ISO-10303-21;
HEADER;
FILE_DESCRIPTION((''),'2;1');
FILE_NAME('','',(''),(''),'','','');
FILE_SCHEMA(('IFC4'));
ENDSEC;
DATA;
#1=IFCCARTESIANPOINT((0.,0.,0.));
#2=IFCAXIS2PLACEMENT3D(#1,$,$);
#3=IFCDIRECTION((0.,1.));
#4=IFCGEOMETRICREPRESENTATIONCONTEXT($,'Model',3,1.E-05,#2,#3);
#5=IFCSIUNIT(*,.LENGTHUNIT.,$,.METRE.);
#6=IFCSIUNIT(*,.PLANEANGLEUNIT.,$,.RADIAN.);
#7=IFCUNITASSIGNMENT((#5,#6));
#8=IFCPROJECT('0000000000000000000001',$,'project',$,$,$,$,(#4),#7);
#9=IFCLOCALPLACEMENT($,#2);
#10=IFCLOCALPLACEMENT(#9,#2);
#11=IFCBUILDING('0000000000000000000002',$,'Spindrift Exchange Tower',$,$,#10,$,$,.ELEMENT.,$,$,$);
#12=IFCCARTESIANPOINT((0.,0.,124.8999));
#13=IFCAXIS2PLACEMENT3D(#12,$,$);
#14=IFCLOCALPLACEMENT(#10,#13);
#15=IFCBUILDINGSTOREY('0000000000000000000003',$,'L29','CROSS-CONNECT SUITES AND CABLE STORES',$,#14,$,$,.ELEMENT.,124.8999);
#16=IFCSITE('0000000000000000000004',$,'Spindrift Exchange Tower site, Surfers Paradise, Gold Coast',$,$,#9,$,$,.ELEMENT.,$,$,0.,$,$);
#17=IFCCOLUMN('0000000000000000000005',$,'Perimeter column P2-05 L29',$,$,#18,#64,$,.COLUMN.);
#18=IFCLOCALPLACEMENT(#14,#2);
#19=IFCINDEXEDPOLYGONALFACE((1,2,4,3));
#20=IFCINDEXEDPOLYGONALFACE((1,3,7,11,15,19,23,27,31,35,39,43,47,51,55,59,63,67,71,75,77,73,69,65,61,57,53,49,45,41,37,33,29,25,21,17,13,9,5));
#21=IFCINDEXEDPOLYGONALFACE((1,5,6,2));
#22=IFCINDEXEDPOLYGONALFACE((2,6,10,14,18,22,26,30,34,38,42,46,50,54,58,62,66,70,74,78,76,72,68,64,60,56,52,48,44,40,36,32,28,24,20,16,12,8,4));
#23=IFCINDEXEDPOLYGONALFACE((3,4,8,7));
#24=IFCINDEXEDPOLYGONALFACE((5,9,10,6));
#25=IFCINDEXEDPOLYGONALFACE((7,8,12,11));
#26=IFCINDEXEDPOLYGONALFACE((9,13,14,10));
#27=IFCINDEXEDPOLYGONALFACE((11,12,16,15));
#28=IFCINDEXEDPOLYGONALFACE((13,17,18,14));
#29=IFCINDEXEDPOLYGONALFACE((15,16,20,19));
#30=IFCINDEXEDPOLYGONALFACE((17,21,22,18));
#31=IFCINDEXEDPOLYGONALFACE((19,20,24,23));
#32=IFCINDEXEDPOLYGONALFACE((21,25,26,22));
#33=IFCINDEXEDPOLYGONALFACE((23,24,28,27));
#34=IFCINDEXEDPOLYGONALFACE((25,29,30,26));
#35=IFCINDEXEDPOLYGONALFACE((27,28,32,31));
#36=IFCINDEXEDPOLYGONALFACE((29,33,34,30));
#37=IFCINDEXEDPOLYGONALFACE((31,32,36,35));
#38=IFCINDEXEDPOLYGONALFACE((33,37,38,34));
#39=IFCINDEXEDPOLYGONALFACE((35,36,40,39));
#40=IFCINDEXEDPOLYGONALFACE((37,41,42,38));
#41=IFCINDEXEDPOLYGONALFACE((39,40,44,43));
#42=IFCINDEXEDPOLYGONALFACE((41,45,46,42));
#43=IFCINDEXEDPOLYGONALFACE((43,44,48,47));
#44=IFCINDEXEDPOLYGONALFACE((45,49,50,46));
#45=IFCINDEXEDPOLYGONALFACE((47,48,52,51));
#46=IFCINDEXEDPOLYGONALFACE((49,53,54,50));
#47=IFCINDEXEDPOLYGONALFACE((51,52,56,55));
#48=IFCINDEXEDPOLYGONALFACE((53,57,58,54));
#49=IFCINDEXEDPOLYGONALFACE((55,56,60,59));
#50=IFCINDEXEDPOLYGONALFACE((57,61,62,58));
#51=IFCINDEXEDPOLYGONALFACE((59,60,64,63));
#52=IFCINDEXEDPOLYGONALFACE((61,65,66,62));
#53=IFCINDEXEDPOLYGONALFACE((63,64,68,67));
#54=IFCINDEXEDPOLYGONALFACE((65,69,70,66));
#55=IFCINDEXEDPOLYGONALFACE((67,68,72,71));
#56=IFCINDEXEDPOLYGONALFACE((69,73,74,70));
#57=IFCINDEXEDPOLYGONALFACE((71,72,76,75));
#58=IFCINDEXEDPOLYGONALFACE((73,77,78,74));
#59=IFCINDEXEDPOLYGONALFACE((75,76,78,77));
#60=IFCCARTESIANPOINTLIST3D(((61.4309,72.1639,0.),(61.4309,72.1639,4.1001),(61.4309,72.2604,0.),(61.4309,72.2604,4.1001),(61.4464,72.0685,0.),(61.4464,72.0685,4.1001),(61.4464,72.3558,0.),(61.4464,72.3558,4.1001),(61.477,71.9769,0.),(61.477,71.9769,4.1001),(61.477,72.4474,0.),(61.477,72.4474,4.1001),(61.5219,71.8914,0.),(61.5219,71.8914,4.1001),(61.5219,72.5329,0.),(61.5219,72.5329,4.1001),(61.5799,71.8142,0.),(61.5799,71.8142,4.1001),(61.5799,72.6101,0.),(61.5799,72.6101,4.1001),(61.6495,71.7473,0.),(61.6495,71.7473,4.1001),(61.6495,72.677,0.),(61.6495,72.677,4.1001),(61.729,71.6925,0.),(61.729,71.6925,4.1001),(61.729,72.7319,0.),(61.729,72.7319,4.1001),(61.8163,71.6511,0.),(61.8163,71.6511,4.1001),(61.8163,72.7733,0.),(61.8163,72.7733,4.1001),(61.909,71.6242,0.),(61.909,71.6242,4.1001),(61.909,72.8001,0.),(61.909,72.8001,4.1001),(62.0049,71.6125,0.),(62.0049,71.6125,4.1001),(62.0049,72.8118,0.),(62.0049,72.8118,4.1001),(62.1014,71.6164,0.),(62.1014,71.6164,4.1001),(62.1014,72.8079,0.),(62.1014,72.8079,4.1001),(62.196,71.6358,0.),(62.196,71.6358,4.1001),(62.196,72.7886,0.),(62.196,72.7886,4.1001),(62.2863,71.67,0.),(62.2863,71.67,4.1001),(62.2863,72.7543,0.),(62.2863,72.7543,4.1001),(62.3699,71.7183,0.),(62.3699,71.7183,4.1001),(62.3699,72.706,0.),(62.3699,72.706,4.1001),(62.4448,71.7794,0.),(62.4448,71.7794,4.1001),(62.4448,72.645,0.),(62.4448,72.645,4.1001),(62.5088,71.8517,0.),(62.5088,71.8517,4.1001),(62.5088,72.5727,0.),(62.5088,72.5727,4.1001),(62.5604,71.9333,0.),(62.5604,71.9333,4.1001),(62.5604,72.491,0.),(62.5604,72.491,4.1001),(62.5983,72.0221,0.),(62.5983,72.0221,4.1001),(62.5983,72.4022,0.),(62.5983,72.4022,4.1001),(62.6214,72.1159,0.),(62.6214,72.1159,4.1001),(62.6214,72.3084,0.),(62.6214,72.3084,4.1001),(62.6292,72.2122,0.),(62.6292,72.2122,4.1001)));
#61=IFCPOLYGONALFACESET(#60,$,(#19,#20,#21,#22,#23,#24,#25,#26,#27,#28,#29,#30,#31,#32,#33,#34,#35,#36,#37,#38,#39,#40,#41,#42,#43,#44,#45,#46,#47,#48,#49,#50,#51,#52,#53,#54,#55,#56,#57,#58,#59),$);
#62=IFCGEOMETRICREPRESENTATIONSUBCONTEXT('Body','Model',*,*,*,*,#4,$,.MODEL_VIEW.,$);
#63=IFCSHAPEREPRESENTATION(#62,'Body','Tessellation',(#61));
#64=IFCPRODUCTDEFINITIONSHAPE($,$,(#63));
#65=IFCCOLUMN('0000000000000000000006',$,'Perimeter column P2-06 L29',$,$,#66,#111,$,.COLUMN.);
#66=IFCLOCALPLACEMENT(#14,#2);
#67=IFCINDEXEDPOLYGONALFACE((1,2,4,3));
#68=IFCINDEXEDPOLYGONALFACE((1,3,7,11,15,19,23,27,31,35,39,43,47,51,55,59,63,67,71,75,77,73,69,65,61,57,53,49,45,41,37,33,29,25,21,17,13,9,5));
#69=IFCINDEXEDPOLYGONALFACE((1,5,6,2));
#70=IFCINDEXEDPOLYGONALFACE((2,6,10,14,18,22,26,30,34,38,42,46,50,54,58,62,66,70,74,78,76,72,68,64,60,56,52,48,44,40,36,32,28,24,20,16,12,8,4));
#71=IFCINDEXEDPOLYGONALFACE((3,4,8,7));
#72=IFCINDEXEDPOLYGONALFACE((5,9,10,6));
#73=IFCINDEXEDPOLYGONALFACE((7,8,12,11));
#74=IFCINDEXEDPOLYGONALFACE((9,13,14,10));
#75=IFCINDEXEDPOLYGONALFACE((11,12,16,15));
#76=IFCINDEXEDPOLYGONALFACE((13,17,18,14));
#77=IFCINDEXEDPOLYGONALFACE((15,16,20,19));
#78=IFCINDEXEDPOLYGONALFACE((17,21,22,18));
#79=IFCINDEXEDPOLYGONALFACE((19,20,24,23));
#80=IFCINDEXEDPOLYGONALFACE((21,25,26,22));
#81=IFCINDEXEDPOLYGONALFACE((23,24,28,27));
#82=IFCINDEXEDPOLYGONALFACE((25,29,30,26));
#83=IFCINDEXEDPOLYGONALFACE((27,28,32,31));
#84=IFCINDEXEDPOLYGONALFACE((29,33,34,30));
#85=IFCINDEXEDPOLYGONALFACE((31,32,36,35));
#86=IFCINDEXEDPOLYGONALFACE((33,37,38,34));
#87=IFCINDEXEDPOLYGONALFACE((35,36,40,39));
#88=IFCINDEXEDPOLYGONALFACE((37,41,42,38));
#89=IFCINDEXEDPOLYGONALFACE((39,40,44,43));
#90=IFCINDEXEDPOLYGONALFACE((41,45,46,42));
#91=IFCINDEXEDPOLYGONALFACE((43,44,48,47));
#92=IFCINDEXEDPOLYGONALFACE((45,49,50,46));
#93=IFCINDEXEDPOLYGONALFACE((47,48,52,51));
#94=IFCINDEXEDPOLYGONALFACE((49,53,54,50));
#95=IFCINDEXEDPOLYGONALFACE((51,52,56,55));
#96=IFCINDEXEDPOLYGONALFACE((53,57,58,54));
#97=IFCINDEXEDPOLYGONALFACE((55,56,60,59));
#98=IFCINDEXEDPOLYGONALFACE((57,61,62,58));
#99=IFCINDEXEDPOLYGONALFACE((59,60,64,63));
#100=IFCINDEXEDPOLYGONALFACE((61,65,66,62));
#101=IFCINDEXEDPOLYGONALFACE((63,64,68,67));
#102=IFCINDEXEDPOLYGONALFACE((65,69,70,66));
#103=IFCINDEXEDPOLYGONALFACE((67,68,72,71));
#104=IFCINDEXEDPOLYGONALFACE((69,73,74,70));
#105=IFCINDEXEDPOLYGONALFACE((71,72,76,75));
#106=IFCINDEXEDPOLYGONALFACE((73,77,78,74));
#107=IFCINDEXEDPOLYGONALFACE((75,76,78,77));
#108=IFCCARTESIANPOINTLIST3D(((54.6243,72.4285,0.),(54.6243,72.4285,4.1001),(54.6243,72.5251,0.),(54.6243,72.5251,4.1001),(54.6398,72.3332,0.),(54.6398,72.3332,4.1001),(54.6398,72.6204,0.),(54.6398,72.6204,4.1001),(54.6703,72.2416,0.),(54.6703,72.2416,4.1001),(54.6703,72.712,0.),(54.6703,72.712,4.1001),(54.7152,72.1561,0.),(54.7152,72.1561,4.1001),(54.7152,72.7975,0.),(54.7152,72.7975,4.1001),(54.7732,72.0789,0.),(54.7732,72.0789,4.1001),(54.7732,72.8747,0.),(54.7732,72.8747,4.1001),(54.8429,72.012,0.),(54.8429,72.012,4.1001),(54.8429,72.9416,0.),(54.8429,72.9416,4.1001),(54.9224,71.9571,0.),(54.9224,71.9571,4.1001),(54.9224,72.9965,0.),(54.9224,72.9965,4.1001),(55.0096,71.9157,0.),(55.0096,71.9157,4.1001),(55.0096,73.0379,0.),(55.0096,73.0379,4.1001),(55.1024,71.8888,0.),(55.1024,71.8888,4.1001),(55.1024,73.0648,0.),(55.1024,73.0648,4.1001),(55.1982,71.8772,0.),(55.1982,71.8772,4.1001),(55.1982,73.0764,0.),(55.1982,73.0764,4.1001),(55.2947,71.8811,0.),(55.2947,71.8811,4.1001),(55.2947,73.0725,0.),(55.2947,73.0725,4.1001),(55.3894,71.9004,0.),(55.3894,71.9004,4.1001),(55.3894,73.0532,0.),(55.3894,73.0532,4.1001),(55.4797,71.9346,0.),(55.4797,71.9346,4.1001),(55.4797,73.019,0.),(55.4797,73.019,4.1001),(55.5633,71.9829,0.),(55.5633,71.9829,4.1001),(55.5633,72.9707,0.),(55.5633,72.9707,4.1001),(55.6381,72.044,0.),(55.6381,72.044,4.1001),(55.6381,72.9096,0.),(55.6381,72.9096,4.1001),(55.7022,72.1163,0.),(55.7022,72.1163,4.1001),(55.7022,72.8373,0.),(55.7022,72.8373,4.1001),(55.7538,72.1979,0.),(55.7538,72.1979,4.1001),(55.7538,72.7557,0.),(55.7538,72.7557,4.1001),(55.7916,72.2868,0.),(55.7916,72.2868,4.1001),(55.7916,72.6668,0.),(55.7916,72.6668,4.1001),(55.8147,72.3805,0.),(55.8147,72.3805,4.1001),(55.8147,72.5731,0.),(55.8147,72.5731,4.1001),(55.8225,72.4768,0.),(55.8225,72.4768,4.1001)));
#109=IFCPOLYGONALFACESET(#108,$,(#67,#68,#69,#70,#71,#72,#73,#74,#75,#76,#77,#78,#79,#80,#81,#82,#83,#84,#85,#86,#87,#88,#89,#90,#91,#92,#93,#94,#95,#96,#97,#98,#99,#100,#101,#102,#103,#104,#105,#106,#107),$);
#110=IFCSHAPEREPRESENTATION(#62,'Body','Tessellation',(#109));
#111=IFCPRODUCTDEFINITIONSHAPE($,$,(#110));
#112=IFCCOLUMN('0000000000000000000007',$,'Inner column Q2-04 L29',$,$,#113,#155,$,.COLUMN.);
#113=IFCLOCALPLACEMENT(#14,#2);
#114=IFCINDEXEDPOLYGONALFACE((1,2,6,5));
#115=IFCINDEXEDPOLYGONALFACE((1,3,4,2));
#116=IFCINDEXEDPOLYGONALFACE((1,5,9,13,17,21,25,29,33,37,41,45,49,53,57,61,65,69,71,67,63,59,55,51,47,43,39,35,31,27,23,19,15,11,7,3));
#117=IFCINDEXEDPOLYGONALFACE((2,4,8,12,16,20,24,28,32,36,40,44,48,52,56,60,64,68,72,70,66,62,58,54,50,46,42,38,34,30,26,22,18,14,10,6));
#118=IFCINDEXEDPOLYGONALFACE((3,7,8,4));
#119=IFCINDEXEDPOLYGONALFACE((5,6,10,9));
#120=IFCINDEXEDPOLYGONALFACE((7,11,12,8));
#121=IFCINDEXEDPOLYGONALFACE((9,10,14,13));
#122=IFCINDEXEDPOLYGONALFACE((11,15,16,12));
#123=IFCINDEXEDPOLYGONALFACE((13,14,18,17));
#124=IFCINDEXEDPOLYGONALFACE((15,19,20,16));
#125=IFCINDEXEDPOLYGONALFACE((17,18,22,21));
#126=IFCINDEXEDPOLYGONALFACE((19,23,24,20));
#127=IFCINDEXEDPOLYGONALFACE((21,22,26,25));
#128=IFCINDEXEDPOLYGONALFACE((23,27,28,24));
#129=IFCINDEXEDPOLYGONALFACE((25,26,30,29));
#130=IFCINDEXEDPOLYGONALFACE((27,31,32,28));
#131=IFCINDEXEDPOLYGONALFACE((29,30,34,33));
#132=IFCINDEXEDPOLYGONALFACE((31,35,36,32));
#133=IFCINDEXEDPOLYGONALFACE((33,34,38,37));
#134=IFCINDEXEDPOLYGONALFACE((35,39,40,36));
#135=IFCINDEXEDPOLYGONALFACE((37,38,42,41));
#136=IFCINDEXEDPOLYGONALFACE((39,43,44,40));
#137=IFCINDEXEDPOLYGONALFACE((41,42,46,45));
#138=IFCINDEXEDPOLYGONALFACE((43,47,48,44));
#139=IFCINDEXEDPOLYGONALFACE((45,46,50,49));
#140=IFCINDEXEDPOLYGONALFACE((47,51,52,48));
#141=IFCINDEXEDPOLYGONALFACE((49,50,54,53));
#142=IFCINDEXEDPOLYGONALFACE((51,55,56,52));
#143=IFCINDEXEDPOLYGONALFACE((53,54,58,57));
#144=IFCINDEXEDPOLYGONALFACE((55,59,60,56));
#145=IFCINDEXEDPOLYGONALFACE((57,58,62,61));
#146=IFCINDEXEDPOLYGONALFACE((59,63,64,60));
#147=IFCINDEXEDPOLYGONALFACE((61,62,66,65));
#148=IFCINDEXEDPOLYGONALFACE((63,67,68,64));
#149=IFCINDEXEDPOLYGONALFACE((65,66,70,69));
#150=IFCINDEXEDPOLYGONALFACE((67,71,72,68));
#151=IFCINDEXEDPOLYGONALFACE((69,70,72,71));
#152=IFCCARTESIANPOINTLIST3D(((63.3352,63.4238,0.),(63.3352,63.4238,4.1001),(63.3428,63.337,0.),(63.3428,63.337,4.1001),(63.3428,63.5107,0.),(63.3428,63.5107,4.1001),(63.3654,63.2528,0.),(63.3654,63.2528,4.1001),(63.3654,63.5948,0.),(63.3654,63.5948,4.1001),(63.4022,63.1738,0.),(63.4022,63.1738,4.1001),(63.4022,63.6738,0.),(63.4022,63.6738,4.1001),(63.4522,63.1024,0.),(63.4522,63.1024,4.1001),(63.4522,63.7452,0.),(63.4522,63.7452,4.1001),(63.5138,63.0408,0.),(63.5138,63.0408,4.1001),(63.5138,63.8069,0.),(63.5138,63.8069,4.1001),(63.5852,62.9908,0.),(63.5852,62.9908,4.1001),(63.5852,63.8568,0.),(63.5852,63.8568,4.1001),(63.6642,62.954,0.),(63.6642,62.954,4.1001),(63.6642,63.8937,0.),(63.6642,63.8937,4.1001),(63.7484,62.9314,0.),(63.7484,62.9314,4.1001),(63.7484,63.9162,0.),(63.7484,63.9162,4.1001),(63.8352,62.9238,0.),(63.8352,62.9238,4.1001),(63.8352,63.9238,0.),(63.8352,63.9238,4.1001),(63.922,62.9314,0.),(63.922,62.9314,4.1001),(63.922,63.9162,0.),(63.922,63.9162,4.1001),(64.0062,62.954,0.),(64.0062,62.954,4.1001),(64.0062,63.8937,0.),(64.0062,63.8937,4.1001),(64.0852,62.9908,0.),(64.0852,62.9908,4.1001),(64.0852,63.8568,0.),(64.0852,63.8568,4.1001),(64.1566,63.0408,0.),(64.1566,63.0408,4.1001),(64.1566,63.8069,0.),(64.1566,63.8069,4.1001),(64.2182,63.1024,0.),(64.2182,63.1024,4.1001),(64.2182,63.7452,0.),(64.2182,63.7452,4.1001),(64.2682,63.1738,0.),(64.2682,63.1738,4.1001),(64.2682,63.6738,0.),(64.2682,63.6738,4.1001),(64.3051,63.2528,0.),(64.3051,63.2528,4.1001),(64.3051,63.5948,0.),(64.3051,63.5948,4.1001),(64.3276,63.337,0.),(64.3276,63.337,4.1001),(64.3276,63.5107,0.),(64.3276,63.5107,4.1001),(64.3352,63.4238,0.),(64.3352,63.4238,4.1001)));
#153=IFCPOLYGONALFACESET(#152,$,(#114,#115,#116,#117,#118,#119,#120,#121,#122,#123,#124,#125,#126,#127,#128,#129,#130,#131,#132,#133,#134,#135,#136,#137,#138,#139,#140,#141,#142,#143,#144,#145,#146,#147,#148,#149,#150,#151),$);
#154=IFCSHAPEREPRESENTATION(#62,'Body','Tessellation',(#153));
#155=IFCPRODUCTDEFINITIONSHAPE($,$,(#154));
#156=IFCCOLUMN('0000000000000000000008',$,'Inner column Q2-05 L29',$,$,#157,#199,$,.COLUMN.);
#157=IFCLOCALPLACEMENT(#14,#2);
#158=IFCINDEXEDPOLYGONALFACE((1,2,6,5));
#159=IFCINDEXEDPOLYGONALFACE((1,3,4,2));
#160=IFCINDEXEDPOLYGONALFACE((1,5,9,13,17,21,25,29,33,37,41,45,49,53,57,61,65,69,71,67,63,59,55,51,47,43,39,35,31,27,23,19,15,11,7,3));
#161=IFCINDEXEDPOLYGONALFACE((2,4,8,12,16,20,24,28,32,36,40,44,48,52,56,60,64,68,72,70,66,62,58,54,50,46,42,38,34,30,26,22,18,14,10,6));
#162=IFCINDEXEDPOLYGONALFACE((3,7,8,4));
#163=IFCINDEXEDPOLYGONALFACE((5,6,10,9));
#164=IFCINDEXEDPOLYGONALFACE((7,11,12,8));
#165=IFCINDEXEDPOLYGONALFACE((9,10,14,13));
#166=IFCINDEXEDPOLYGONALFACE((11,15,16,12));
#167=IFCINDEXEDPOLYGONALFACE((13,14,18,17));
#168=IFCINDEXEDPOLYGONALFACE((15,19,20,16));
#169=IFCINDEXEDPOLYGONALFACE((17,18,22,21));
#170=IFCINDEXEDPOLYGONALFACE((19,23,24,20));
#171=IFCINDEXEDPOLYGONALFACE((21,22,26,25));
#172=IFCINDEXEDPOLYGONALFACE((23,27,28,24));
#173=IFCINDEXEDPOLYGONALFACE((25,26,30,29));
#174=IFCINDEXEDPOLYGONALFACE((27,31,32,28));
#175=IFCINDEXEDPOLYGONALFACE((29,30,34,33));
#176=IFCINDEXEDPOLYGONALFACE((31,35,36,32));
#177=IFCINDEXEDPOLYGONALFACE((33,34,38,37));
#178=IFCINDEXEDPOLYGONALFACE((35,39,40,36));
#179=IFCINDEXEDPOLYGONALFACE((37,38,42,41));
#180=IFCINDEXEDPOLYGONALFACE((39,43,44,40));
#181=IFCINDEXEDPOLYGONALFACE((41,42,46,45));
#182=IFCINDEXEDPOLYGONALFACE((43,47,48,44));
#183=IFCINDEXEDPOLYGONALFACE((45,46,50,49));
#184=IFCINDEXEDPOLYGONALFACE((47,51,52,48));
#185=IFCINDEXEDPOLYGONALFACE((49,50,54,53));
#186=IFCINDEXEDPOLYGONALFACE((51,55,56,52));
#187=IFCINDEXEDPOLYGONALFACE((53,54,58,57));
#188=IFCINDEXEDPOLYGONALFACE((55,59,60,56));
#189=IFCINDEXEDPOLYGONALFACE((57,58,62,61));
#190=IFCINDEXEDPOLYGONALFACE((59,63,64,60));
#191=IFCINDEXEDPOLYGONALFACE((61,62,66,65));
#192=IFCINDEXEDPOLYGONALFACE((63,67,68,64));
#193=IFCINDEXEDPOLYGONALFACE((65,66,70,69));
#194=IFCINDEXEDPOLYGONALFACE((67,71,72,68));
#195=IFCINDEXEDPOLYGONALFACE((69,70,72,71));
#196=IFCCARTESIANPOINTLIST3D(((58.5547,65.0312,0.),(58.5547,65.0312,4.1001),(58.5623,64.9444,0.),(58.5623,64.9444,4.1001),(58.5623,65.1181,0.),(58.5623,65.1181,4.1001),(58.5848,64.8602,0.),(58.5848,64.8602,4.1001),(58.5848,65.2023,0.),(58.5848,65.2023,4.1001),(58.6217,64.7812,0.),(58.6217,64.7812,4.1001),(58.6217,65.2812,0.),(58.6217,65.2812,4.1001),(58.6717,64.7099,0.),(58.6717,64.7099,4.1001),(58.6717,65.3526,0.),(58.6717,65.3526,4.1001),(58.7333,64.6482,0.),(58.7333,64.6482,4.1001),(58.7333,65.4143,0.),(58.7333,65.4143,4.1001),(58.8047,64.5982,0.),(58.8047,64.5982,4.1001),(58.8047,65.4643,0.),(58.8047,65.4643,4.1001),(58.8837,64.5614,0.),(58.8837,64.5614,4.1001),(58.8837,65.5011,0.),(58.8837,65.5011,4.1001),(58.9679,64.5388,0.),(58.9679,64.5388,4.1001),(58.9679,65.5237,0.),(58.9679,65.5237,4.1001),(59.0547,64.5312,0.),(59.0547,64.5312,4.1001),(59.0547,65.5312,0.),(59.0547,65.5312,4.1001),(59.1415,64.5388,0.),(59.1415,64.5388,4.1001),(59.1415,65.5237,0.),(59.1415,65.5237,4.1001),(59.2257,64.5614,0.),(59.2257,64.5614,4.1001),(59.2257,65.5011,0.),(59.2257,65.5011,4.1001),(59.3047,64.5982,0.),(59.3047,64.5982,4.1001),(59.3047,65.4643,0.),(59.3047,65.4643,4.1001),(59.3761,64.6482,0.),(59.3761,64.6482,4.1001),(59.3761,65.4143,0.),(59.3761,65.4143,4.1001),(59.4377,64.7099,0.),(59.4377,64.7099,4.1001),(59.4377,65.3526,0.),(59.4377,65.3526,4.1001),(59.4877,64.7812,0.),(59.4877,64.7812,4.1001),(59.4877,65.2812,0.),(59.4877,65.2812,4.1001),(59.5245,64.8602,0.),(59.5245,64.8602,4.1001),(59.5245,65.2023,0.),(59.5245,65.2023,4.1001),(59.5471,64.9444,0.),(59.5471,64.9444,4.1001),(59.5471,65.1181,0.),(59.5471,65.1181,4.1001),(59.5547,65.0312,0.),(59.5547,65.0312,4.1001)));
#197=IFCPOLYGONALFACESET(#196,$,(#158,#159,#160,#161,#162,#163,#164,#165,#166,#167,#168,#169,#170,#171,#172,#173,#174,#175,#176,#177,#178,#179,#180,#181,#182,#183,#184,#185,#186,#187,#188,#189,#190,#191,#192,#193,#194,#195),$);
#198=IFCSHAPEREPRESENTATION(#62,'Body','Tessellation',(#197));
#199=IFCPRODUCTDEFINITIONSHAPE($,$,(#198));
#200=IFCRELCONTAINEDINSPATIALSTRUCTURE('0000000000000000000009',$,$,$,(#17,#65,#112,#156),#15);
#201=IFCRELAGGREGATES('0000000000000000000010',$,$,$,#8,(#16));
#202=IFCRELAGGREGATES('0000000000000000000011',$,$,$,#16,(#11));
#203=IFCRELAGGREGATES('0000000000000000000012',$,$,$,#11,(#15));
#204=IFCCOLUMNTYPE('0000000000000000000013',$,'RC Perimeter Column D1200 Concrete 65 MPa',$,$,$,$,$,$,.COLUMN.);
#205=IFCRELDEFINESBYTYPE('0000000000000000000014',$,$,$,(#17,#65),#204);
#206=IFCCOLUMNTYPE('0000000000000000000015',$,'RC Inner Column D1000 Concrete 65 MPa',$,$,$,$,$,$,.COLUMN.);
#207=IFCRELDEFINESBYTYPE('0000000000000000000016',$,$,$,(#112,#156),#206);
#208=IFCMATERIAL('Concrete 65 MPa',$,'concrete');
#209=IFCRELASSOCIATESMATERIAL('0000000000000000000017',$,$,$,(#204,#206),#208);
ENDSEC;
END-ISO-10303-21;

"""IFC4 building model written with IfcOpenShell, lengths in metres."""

from ifc_helpers import new_model, si_unit, direction, frame, origin, origin_2d, place, context, subcontext, project, spatial, circle, extrude, source, transform, mapped, material, material_profile, profile_set, type_object, element, save


model = new_model("IFC4")

# Units and contexts
model_context = context("Model", 3, precision=1e-05, world=origin(), true_north=direction((0.0, 1.0)))
body_context = subcontext(model_context, "Body", "Model", "MODEL_VIEW")
ifc_project = project(units=[si_unit("LENGTHUNIT", "METRE"), si_unit("PLANEANGLEUNIT", "RADIAN")], contexts=[model_context])

# Site, building, storey
site_placement = place(None, origin())
site = spatial("IfcSite", under=ifc_project, at=site_placement, Name="Spindrift Exchange Tower site, Surfers Paradise, Gold Coast", CompositionType="ELEMENT", RefElevation=0.0)
building_placement = place(site_placement, origin())
building = spatial("IfcBuilding", under=site, at=building_placement, Name="Spindrift Exchange Tower", CompositionType="ELEMENT")
storey_placement = place(building_placement, frame((0.0, 0.0, 124.8999)))
storey = spatial("IfcBuildingStorey", under=building, at=storey_placement, Name="L29", Description="CROSS-CONNECT SUITES AND CABLE STORES", CompositionType="ELEMENT", Elevation=124.8999)

# Columns
ifc_material_1 = material(Name="Concrete 65 MPa", Category="concrete")
ifc_material_profile_1 = material_profile(ifc_material_1, circle(Radius=0.6001, at=origin_2d()), Name="RC D1200")
ifc_profile_set_1 = profile_set([ifc_material_profile_1], Name="Concrete 65 MPa")
column_type_1 = type_object("IfcColumnType", Name="RC Perimeter Column D1200 Concrete 65 MPa", PredefinedType="COLUMN", material=ifc_profile_set_1)
shared_shape_1 = source(origin(), body_context, "Body", "SweptSolid", [
    extrude(circle(Radius=0.6001, at=origin_2d()), origin(), (0.0, 0.0, 1.0), 4.1001),
])
for number, where, z_axis, x_axis, name in (
    (1, (62.0291, 72.2122, 0.0), (0.0, 0.0, 1.0), (1.0, 0.0, 0.0), "Perimeter column P2-05 L29"),
    (2, (55.2224, 72.4768, 0.0), (0.0, 0.0, 1.0), (1.0, 0.0, 0.0), "Perimeter column P2-06 L29"),
):
    element("IfcColumn", number, at=place(storey_placement, frame(where, z_axis=z_axis, x_axis=x_axis)), inside=storey, type_object=column_type_1, Name=name, PredefinedType="COLUMN", context=body_context, shape_type="MappedRepresentation", body=[
        mapped(shared_shape_1, transform((0.0, 0.0, 0.0), scale=1.0)),
    ])
ifc_material_profile_2 = material_profile(ifc_material_1, circle(Radius=0.5, at=origin_2d()), Name="RC D1000")
ifc_profile_set_2 = profile_set([ifc_material_profile_2], Name="Concrete 65 MPa")
column_type_2 = type_object("IfcColumnType", Name="RC Inner Column D1000 Concrete 65 MPa", PredefinedType="COLUMN", material=ifc_profile_set_2)
shared_shape_2 = source(origin(), body_context, "Body", "SweptSolid", [
    extrude(circle(Radius=0.5, at=origin_2d()), origin(), (0.0, 0.0, 1.0), 4.1001),
])
for number, where, z_axis, x_axis, name in (
    (3, (63.8352, 63.4238, 0.0), (0.0, 0.0, 1.0), (1.0, 0.0, 0.0), "Inner column Q2-04 L29"),
    (4, (59.0547, 65.0312, 0.0), (0.0, 0.0, 1.0), (1.0, 0.0, 0.0), "Inner column Q2-05 L29"),
):
    element("IfcColumn", number, at=place(storey_placement, frame(where, z_axis=z_axis, x_axis=x_axis)), inside=storey, type_object=column_type_2, Name=name, PredefinedType="COLUMN", context=body_context, shape_type="MappedRepresentation", body=[
        mapped(shared_shape_2, transform((0.0, 0.0, 0.0), scale=1.0)),
    ])

save(model, "model.ifc")
